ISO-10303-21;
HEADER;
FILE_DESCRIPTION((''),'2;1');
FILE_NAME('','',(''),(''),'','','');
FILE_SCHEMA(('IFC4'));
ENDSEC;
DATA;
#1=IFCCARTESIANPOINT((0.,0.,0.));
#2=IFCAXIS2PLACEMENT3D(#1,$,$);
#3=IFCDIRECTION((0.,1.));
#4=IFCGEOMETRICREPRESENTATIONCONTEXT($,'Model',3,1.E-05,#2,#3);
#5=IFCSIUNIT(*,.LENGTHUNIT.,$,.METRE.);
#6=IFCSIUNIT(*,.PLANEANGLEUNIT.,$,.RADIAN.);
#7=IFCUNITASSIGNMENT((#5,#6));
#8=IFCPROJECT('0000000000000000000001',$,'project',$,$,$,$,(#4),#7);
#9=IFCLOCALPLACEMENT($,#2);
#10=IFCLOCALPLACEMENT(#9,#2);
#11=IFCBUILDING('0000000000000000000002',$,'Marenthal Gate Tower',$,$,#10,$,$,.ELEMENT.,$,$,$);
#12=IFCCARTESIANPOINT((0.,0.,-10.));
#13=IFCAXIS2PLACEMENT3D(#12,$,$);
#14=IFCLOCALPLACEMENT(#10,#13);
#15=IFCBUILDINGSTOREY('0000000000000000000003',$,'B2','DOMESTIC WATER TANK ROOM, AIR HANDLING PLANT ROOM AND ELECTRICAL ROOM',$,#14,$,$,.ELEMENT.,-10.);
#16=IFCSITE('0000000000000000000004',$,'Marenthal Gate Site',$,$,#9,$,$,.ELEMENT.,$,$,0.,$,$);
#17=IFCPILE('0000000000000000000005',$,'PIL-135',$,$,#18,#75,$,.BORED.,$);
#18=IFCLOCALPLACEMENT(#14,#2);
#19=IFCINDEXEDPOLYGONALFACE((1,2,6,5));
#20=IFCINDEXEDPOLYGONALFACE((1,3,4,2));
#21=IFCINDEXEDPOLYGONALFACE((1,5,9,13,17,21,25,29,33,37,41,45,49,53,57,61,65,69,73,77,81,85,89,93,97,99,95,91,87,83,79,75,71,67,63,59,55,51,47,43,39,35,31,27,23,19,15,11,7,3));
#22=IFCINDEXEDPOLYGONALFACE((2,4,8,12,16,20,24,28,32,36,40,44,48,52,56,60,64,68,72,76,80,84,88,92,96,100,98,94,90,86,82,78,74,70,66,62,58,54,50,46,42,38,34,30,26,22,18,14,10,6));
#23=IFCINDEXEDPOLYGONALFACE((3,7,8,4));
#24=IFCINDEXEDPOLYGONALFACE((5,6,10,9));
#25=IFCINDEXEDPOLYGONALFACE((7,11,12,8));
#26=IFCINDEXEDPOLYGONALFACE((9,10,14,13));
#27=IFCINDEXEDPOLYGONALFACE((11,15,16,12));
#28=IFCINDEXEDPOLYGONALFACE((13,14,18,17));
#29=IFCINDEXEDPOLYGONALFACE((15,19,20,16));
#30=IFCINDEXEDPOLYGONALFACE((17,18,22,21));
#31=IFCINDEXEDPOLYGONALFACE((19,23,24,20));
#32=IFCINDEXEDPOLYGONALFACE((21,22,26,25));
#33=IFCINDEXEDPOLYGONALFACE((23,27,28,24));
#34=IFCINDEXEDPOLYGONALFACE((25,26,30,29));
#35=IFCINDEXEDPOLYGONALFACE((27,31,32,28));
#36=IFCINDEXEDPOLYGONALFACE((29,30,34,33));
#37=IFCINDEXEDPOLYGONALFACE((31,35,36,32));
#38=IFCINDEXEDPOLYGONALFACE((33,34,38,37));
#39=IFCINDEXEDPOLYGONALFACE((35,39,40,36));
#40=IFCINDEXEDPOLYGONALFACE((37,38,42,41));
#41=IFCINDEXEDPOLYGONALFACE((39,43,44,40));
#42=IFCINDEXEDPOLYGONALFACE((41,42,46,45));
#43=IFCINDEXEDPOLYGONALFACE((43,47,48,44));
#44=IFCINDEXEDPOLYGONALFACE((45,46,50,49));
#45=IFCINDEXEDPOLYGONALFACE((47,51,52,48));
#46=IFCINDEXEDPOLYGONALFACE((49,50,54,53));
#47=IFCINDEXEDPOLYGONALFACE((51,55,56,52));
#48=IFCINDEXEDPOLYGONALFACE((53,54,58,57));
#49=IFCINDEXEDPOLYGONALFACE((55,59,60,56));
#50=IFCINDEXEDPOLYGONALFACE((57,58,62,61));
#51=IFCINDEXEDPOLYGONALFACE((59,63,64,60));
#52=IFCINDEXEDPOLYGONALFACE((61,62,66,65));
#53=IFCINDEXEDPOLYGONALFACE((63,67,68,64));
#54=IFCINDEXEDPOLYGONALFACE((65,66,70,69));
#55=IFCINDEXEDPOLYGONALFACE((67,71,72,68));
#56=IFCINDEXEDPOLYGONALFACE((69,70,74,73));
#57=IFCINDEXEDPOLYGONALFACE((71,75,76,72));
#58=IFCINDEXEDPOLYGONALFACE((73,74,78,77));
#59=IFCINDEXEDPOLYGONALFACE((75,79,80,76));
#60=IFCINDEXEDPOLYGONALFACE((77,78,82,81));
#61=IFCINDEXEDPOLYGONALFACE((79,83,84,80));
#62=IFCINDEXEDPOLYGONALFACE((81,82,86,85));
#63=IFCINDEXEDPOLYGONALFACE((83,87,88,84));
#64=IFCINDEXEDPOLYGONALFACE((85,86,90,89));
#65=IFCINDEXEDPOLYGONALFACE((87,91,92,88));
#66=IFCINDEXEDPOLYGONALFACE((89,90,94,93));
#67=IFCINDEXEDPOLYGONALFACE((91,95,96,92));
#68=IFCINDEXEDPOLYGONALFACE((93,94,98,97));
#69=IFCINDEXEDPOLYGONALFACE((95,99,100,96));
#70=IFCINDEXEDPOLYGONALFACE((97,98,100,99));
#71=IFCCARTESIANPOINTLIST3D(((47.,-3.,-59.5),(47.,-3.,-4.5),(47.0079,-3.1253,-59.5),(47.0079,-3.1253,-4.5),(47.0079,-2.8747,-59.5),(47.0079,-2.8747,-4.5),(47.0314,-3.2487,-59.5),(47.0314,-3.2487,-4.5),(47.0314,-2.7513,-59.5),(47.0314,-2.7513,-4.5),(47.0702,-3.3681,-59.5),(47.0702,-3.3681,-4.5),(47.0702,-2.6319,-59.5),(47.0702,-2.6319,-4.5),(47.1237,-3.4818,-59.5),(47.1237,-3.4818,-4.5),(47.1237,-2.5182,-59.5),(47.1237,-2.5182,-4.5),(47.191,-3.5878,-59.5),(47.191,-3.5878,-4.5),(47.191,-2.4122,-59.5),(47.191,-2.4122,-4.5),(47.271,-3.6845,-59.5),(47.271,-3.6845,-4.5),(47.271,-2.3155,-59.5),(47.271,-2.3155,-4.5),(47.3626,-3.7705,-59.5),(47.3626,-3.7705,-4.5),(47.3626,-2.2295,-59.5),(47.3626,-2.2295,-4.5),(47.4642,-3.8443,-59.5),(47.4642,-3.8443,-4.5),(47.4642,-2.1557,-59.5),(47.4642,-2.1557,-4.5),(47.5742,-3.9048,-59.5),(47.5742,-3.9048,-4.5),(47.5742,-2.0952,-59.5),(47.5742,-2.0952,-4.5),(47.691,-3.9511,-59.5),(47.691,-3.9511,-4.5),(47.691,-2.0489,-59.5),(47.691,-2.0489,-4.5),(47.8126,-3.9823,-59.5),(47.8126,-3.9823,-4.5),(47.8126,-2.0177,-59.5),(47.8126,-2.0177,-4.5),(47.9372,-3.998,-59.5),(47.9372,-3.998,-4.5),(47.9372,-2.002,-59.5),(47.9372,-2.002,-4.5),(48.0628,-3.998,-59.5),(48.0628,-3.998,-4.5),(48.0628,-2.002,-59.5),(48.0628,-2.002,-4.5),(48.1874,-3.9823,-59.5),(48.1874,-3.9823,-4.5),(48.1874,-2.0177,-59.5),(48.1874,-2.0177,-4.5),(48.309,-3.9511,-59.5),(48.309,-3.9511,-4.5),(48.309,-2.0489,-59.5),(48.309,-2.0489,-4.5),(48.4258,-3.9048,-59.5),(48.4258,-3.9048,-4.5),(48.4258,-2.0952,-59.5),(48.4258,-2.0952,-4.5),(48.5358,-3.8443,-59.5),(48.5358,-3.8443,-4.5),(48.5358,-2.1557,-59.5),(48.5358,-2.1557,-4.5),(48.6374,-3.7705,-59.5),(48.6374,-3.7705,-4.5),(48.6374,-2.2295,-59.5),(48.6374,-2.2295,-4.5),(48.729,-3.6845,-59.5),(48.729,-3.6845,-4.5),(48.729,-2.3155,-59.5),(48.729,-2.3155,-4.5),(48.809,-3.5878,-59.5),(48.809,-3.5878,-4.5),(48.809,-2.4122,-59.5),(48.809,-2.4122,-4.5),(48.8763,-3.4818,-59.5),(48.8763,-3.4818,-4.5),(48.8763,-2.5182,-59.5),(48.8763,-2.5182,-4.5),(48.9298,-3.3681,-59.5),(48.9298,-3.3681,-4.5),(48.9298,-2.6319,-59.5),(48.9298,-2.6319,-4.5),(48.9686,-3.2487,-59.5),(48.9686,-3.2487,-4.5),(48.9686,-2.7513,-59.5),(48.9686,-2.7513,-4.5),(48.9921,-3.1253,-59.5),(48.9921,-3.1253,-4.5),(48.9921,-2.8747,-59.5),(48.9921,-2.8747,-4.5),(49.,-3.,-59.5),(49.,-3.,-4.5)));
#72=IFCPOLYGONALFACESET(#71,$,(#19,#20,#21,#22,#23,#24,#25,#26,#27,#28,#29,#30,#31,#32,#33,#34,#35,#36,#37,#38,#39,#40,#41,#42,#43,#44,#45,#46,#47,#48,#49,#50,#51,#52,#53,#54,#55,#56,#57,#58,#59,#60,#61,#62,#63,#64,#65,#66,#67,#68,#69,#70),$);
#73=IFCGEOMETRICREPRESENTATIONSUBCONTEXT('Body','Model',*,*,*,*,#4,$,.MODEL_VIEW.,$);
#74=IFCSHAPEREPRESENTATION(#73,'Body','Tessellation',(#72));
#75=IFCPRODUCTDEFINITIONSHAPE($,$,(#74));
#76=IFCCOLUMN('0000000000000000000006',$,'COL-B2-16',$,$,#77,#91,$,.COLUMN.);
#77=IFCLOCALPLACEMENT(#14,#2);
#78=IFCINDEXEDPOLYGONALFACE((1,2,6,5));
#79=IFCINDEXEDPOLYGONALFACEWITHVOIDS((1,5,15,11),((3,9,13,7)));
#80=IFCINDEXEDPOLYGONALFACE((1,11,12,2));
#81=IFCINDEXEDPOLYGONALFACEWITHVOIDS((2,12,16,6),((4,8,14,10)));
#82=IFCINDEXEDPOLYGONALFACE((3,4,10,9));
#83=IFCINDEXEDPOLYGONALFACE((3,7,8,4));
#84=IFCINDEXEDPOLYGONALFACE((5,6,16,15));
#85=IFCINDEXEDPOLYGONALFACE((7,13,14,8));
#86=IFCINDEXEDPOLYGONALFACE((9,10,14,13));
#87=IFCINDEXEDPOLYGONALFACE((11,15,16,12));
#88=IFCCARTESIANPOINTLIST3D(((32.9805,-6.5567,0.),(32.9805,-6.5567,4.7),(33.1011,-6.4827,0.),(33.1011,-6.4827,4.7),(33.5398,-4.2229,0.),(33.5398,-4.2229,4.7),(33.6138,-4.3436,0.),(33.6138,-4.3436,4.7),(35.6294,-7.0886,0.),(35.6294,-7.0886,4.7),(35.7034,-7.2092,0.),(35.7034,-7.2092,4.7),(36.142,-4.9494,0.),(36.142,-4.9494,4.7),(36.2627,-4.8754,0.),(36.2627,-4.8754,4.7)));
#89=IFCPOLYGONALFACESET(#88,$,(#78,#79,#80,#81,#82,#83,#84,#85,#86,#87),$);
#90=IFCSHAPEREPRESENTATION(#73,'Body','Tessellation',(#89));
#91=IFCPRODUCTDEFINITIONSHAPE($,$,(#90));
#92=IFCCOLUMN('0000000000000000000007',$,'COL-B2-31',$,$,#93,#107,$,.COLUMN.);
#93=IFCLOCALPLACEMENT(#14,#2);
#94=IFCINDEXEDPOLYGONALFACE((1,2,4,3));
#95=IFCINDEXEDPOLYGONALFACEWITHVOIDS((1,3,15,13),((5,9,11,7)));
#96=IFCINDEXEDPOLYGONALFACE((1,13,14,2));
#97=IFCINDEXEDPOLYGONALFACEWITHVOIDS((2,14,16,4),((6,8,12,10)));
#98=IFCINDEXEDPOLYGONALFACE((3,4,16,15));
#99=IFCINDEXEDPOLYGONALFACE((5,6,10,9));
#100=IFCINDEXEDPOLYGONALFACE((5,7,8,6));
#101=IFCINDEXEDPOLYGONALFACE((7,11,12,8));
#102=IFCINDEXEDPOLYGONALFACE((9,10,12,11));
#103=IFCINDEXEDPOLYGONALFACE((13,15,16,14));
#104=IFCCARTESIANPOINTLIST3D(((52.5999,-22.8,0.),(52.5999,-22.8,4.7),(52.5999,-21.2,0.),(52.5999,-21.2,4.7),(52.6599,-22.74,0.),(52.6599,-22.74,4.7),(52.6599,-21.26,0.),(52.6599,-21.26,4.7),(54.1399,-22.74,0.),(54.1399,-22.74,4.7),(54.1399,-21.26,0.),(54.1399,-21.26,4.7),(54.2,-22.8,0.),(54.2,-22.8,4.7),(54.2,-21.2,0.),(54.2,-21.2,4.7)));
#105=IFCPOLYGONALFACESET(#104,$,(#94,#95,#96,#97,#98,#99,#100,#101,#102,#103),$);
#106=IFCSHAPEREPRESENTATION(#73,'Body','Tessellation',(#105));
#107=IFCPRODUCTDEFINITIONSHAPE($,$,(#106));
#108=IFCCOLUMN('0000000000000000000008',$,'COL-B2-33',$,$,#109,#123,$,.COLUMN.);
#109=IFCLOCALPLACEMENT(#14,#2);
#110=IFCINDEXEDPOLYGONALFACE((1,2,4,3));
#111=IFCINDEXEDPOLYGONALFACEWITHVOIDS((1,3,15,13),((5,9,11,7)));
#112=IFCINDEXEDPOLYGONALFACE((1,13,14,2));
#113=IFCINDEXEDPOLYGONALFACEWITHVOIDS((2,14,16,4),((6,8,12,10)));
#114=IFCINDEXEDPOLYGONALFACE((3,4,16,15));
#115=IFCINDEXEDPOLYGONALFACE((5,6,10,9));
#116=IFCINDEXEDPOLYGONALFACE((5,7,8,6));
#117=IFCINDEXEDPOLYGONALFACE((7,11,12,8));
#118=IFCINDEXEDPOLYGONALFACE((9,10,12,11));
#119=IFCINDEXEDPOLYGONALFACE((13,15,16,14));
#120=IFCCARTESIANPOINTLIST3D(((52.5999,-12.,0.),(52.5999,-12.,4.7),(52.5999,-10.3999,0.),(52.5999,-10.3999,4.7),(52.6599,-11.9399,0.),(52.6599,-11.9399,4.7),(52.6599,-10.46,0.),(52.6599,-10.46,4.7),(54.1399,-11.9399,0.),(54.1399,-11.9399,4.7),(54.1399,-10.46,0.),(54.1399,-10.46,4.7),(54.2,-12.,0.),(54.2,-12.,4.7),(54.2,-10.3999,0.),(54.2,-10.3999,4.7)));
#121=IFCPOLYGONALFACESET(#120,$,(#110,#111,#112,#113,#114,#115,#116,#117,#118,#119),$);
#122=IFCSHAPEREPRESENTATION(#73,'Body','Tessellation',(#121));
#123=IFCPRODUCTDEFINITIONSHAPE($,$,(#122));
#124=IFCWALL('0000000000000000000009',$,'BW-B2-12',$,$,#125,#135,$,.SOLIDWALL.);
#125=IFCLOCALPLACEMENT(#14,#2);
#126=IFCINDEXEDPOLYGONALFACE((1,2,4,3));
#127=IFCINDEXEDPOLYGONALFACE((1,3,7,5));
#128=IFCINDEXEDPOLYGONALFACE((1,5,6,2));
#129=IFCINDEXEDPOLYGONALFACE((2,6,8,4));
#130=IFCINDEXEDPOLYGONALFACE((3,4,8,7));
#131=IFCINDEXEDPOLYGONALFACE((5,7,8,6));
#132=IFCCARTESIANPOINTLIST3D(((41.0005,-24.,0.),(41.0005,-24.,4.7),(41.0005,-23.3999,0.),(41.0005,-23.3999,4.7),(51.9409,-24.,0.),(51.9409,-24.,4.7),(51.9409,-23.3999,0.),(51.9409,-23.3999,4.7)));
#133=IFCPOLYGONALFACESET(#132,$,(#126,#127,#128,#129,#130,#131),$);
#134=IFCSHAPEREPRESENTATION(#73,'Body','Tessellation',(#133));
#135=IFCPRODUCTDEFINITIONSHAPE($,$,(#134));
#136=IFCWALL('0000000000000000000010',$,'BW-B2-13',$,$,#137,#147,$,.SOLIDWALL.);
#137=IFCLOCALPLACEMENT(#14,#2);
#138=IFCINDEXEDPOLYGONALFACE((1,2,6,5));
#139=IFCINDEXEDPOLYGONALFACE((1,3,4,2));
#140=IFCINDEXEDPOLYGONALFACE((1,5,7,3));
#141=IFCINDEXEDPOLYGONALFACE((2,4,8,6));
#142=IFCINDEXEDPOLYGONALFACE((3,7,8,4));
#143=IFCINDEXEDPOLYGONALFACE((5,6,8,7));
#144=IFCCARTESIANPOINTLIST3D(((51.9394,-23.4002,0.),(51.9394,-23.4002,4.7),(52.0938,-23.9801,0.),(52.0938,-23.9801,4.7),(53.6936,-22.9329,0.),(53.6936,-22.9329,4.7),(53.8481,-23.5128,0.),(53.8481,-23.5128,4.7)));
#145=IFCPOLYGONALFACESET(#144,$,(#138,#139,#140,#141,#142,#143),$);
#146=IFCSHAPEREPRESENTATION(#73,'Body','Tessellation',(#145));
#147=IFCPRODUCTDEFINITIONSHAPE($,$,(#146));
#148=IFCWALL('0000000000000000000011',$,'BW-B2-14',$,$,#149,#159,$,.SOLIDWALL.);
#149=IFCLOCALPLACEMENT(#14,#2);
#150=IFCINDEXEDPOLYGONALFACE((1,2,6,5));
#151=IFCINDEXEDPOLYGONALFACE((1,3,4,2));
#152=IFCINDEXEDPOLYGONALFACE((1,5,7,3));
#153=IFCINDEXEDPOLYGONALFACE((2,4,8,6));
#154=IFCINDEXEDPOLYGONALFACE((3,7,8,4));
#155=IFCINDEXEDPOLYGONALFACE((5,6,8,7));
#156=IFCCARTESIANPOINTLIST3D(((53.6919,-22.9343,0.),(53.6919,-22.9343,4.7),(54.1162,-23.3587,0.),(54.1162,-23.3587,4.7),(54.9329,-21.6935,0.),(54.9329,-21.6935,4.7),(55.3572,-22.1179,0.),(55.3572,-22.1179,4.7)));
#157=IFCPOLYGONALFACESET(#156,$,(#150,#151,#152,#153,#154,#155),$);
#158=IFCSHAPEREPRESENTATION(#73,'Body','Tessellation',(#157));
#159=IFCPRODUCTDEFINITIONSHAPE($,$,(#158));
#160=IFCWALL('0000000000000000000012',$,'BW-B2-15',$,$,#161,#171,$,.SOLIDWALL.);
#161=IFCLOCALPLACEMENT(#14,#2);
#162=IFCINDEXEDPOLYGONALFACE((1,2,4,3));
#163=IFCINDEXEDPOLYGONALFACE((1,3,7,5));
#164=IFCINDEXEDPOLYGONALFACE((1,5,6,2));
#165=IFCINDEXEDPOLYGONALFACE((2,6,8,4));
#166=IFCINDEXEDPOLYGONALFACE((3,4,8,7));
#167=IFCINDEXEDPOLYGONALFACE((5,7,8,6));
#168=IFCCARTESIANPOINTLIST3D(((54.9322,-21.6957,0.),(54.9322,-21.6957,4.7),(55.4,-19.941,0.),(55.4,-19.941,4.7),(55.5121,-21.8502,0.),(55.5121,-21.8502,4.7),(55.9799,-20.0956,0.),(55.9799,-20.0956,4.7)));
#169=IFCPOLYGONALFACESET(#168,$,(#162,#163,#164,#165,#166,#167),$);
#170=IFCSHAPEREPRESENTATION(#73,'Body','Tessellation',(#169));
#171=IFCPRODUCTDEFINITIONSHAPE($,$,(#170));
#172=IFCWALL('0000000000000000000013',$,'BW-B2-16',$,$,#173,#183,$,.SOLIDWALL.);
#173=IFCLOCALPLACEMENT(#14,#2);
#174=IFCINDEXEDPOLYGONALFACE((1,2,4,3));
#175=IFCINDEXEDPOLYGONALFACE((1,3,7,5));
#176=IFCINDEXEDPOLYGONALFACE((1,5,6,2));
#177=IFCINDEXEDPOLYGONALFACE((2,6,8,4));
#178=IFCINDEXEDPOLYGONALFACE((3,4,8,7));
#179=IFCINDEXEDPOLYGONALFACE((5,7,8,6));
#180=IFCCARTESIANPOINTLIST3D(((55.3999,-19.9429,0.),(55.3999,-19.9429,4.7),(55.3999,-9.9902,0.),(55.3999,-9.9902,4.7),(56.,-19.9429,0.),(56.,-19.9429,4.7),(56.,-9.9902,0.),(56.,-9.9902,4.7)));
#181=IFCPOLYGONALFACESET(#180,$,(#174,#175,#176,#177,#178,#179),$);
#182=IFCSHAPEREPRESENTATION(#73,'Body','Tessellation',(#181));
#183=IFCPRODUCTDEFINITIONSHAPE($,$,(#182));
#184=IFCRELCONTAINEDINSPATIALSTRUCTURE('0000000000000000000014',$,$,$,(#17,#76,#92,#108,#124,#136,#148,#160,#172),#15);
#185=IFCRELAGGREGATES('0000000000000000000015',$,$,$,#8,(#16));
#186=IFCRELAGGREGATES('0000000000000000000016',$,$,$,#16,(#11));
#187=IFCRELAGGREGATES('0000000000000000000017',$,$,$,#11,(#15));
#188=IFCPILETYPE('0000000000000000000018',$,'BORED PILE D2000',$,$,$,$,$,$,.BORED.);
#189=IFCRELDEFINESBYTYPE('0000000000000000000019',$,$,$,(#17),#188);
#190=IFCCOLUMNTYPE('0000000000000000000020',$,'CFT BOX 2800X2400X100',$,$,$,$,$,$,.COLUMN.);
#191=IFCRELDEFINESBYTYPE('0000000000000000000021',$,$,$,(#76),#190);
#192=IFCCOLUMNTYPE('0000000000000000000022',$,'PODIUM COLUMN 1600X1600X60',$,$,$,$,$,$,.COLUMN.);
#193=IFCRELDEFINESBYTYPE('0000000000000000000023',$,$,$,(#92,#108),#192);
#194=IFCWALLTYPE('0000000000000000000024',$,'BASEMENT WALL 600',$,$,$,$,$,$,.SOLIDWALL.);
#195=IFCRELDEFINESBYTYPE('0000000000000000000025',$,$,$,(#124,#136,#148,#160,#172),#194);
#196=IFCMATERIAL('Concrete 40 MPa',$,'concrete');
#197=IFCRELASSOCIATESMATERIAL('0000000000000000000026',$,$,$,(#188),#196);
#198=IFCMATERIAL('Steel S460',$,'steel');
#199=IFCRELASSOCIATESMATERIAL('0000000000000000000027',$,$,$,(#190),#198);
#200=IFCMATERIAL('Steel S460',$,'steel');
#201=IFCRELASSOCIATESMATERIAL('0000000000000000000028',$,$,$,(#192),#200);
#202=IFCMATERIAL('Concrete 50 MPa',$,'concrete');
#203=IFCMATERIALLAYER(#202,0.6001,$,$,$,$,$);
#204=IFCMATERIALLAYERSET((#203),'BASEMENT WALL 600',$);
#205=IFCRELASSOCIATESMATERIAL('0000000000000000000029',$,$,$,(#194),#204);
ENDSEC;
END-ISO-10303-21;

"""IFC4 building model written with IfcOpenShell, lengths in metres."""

from ifc_helpers import new_model, si_unit, direction, frame, frame_2d, origin, origin_2d, place, context, subcontext, project, spatial, rectangle, hollow_rectangle, circle, extrude, material, layer, layer_set, material_profile, profile_set, type_object, element, save


model = new_model("IFC4")

# Units and contexts
model_context = context("Model", 3, precision=1e-05, world=origin(), true_north=direction((0.0, 1.0)))
body_context = subcontext(model_context, "Body", "Model", "MODEL_VIEW")
ifc_project = project(units=[si_unit("LENGTHUNIT", "METRE"), si_unit("PLANEANGLEUNIT", "RADIAN")], contexts=[model_context])

# Site, building, storey
site_placement = place(None, origin())
site = spatial("IfcSite", under=ifc_project, at=site_placement, Name="Marenthal Gate Site", CompositionType="ELEMENT", RefElevation=0.0)
building_placement = place(site_placement, origin())
building = spatial("IfcBuilding", under=site, at=building_placement, Name="Marenthal Gate Tower", CompositionType="ELEMENT")
storey_placement = place(building_placement, frame((0.0, 0.0, -10.0)))
storey = spatial("IfcBuildingStorey", under=building, at=storey_placement, Name="B2", Description="DOMESTIC WATER TANK ROOM, AIR HANDLING PLANT ROOM AND ELECTRICAL ROOM", CompositionType="ELEMENT", Elevation=-10.0)

# Pile
ifc_material_1 = material(Name="Concrete 40 MPa", Category="concrete")
pile_type = type_object("IfcPileType", Name="BORED PILE D2000", PredefinedType="BORED", material=ifc_material_1)
for number, where, z_axis, x_axis, name in (
    (1, (48.0, -3.0, -4.5), (0.0, 0.0, -1.0), (1.0, 0.0, 0.0), "PIL-135"),
):
    element("IfcPile", number, at=place(storey_placement, frame(where, z_axis=z_axis, x_axis=x_axis)), inside=storey, type_object=pile_type, Name=name, PredefinedType="BORED", context=body_context, shape_type="SweptSolid", body=[
        extrude(circle(Radius=1.0, at=origin_2d()), origin(), (0.0, 0.0, 1.0), 55.0),
    ])

# Columns
ifc_material_2 = material(Name="Steel S460", Category="steel")
ifc_material_profile_1 = material_profile(ifc_material_2, hollow_rectangle(XDim=2.3999, YDim=2.8, WallThickness=0.1001, at=origin_2d()), Name="CFT BOX 2800X2400X100")
ifc_material_3 = material(Name="Concrete 70 MPa", Category="concrete")
ifc_material_profile_2 = material_profile(ifc_material_3, rectangle(XDim=2.2, YDim=2.6001, at=origin_2d()), Name="CFT BOX 2800X2400X100 INFILL")
ifc_profile_set_1 = profile_set([ifc_material_profile_1, ifc_material_profile_2], Name="Steel S460 shell, Concrete 70 MPa infill")
column_type_1 = type_object("IfcColumnType", Name="CFT BOX 2800X2400X100", PredefinedType="COLUMN", material=ifc_profile_set_1)
column_placement = place(storey_placement, frame((34.6216, -5.7161, 0.0), z_axis=(0.0, 0.0, 1.0), x_axis=(-0.233047, -0.972466, 0.0)))
element("IfcColumn", 2, at=column_placement, inside=storey, type_object=column_type_1, Name="COL-B2-16", PredefinedType="COLUMN", context=body_context, shape_type="SweptSolid", body=[
    extrude(hollow_rectangle(XDim=2.3999, YDim=2.8, WallThickness=0.1001, at=origin_2d()), origin(), (0.0, 0.0, 1.0), 4.7),
])
ifc_material_4 = material(Name="Steel S460", Category="steel")
ifc_material_profile_3 = material_profile(ifc_material_4, hollow_rectangle(XDim=1.6001, YDim=1.6001, WallThickness=0.0601, at=origin_2d()), Name="CFT BOX 1600X1600X60")
ifc_material_5 = material(Name="Concrete 70 MPa", Category="concrete")
ifc_material_profile_4 = material_profile(ifc_material_5, rectangle(XDim=1.48, YDim=1.48, at=origin_2d()), Name="CFT BOX 1600X1600X60 INFILL")
ifc_profile_set_2 = profile_set([ifc_material_profile_3, ifc_material_profile_4], Name="Steel S460 shell, Concrete 70 MPa infill")
column_type_2 = type_object("IfcColumnType", Name="PODIUM COLUMN 1600X1600X60", PredefinedType="COLUMN", material=ifc_profile_set_2)
for number, where, z_axis, x_axis, name in (
    (3, (53.3999, -22.0, 0.0), (0.0, 0.0, 1.0), (1.0, 0.0, 0.0), "COL-B2-31"),
    (4, (53.3999, -11.2, 0.0), (0.0, 0.0, 1.0), (1.0, 0.0, 0.0), "COL-B2-33"),
):
    element("IfcColumn", number, at=place(storey_placement, frame(where, z_axis=z_axis, x_axis=x_axis)), inside=storey, type_object=column_type_2, Name=name, PredefinedType="COLUMN", context=body_context, shape_type="SweptSolid", body=[
        extrude(hollow_rectangle(XDim=1.6001, YDim=1.6001, WallThickness=0.0601, at=origin_2d()), origin(), (0.0, 0.0, 1.0), 4.7),
    ])

# Walls
ifc_material_6 = material(Name="Concrete 50 MPa", Category="concrete")
ifc_layer_1 = layer(ifc_material_6, 0.6001)
ifc_layer_set_1 = layer_set([ifc_layer_1], Name="BASEMENT WALL 600")
wall_type_1 = type_object("IfcWallType", Name="BASEMENT WALL 600", PredefinedType="SOLIDWALL", material=ifc_layer_set_1)
wall_1_placement = place(storey_placement, frame((41.0005, -23.7, 0.0), z_axis=(0.0, 0.0, 1.0), x_axis=(1.0, 0.0, 0.0)))
element("IfcWall", 5, at=wall_1_placement, inside=storey, type_object=wall_type_1, Name="BW-B2-12", PredefinedType="SOLIDWALL", context=body_context, shape_type="SweptSolid", body=[
    extrude(rectangle(XDim=10.9404, YDim=0.6001, at=frame_2d((5.4702, 0.0))), origin(), (0.0, 0.0, 1.0), 4.7),
])
wall_2_placement = place(storey_placement, frame((52.0166, -23.6902, 0.0), z_axis=(0.0, 0.0, 1.0), x_axis=(0.966302, 0.257412, 0.0)))
element("IfcWall", 6, at=wall_2_placement, inside=storey, type_object=wall_type_1, Name="BW-B2-13", PredefinedType="SOLIDWALL", context=body_context, shape_type="SweptSolid", body=[
    extrude(rectangle(XDim=1.8154, YDim=0.6001, at=frame_2d((0.9077, 0.0))), origin(), (0.0, 0.0, 1.0), 4.7),
])
wall_3_placement = place(storey_placement, frame((53.9041, -23.1465, 0.0), z_axis=(0.0, 0.0, 1.0), x_axis=(0.707176, 0.707037, 0.0)))
element("IfcWall", 7, at=wall_3_placement, inside=storey, type_object=wall_type_1, Name="BW-B2-14", PredefinedType="SOLIDWALL", context=body_context, shape_type="SweptSolid", body=[
    extrude(rectangle(XDim=1.7549, YDim=0.6001, at=frame_2d((0.8774, 0.0))), origin(), (0.0, 0.0, 1.0), 4.7),
])
wall_4_placement = place(storey_placement, frame((55.2222, -21.7729, 0.0), z_axis=(0.0, 0.0, 1.0), x_axis=(0.257596, 0.966253, 0.0)))
element("IfcWall", 8, at=wall_4_placement, inside=storey, type_object=wall_type_1, Name="BW-B2-15", PredefinedType="SOLIDWALL", context=body_context, shape_type="SweptSolid", body=[
    extrude(rectangle(XDim=1.8159, YDim=0.6001, at=frame_2d((0.908, 0.0))), origin(), (0.0, 0.0, 1.0), 4.7),
])
wall_5_placement = place(storey_placement, frame((55.7, -19.9429, 0.0), z_axis=(0.0, 0.0, 1.0), x_axis=(0.0, 1.0, 0.0)))
element("IfcWall", 9, at=wall_5_placement, inside=storey, type_object=wall_type_1, Name="BW-B2-16", PredefinedType="SOLIDWALL", context=body_context, shape_type="SweptSolid", body=[
    extrude(rectangle(XDim=9.9526, YDim=0.6001, at=frame_2d((4.9763, 0.0))), origin(), (0.0, 0.0, 1.0), 4.7),
])

save(model, "model.ifc")
